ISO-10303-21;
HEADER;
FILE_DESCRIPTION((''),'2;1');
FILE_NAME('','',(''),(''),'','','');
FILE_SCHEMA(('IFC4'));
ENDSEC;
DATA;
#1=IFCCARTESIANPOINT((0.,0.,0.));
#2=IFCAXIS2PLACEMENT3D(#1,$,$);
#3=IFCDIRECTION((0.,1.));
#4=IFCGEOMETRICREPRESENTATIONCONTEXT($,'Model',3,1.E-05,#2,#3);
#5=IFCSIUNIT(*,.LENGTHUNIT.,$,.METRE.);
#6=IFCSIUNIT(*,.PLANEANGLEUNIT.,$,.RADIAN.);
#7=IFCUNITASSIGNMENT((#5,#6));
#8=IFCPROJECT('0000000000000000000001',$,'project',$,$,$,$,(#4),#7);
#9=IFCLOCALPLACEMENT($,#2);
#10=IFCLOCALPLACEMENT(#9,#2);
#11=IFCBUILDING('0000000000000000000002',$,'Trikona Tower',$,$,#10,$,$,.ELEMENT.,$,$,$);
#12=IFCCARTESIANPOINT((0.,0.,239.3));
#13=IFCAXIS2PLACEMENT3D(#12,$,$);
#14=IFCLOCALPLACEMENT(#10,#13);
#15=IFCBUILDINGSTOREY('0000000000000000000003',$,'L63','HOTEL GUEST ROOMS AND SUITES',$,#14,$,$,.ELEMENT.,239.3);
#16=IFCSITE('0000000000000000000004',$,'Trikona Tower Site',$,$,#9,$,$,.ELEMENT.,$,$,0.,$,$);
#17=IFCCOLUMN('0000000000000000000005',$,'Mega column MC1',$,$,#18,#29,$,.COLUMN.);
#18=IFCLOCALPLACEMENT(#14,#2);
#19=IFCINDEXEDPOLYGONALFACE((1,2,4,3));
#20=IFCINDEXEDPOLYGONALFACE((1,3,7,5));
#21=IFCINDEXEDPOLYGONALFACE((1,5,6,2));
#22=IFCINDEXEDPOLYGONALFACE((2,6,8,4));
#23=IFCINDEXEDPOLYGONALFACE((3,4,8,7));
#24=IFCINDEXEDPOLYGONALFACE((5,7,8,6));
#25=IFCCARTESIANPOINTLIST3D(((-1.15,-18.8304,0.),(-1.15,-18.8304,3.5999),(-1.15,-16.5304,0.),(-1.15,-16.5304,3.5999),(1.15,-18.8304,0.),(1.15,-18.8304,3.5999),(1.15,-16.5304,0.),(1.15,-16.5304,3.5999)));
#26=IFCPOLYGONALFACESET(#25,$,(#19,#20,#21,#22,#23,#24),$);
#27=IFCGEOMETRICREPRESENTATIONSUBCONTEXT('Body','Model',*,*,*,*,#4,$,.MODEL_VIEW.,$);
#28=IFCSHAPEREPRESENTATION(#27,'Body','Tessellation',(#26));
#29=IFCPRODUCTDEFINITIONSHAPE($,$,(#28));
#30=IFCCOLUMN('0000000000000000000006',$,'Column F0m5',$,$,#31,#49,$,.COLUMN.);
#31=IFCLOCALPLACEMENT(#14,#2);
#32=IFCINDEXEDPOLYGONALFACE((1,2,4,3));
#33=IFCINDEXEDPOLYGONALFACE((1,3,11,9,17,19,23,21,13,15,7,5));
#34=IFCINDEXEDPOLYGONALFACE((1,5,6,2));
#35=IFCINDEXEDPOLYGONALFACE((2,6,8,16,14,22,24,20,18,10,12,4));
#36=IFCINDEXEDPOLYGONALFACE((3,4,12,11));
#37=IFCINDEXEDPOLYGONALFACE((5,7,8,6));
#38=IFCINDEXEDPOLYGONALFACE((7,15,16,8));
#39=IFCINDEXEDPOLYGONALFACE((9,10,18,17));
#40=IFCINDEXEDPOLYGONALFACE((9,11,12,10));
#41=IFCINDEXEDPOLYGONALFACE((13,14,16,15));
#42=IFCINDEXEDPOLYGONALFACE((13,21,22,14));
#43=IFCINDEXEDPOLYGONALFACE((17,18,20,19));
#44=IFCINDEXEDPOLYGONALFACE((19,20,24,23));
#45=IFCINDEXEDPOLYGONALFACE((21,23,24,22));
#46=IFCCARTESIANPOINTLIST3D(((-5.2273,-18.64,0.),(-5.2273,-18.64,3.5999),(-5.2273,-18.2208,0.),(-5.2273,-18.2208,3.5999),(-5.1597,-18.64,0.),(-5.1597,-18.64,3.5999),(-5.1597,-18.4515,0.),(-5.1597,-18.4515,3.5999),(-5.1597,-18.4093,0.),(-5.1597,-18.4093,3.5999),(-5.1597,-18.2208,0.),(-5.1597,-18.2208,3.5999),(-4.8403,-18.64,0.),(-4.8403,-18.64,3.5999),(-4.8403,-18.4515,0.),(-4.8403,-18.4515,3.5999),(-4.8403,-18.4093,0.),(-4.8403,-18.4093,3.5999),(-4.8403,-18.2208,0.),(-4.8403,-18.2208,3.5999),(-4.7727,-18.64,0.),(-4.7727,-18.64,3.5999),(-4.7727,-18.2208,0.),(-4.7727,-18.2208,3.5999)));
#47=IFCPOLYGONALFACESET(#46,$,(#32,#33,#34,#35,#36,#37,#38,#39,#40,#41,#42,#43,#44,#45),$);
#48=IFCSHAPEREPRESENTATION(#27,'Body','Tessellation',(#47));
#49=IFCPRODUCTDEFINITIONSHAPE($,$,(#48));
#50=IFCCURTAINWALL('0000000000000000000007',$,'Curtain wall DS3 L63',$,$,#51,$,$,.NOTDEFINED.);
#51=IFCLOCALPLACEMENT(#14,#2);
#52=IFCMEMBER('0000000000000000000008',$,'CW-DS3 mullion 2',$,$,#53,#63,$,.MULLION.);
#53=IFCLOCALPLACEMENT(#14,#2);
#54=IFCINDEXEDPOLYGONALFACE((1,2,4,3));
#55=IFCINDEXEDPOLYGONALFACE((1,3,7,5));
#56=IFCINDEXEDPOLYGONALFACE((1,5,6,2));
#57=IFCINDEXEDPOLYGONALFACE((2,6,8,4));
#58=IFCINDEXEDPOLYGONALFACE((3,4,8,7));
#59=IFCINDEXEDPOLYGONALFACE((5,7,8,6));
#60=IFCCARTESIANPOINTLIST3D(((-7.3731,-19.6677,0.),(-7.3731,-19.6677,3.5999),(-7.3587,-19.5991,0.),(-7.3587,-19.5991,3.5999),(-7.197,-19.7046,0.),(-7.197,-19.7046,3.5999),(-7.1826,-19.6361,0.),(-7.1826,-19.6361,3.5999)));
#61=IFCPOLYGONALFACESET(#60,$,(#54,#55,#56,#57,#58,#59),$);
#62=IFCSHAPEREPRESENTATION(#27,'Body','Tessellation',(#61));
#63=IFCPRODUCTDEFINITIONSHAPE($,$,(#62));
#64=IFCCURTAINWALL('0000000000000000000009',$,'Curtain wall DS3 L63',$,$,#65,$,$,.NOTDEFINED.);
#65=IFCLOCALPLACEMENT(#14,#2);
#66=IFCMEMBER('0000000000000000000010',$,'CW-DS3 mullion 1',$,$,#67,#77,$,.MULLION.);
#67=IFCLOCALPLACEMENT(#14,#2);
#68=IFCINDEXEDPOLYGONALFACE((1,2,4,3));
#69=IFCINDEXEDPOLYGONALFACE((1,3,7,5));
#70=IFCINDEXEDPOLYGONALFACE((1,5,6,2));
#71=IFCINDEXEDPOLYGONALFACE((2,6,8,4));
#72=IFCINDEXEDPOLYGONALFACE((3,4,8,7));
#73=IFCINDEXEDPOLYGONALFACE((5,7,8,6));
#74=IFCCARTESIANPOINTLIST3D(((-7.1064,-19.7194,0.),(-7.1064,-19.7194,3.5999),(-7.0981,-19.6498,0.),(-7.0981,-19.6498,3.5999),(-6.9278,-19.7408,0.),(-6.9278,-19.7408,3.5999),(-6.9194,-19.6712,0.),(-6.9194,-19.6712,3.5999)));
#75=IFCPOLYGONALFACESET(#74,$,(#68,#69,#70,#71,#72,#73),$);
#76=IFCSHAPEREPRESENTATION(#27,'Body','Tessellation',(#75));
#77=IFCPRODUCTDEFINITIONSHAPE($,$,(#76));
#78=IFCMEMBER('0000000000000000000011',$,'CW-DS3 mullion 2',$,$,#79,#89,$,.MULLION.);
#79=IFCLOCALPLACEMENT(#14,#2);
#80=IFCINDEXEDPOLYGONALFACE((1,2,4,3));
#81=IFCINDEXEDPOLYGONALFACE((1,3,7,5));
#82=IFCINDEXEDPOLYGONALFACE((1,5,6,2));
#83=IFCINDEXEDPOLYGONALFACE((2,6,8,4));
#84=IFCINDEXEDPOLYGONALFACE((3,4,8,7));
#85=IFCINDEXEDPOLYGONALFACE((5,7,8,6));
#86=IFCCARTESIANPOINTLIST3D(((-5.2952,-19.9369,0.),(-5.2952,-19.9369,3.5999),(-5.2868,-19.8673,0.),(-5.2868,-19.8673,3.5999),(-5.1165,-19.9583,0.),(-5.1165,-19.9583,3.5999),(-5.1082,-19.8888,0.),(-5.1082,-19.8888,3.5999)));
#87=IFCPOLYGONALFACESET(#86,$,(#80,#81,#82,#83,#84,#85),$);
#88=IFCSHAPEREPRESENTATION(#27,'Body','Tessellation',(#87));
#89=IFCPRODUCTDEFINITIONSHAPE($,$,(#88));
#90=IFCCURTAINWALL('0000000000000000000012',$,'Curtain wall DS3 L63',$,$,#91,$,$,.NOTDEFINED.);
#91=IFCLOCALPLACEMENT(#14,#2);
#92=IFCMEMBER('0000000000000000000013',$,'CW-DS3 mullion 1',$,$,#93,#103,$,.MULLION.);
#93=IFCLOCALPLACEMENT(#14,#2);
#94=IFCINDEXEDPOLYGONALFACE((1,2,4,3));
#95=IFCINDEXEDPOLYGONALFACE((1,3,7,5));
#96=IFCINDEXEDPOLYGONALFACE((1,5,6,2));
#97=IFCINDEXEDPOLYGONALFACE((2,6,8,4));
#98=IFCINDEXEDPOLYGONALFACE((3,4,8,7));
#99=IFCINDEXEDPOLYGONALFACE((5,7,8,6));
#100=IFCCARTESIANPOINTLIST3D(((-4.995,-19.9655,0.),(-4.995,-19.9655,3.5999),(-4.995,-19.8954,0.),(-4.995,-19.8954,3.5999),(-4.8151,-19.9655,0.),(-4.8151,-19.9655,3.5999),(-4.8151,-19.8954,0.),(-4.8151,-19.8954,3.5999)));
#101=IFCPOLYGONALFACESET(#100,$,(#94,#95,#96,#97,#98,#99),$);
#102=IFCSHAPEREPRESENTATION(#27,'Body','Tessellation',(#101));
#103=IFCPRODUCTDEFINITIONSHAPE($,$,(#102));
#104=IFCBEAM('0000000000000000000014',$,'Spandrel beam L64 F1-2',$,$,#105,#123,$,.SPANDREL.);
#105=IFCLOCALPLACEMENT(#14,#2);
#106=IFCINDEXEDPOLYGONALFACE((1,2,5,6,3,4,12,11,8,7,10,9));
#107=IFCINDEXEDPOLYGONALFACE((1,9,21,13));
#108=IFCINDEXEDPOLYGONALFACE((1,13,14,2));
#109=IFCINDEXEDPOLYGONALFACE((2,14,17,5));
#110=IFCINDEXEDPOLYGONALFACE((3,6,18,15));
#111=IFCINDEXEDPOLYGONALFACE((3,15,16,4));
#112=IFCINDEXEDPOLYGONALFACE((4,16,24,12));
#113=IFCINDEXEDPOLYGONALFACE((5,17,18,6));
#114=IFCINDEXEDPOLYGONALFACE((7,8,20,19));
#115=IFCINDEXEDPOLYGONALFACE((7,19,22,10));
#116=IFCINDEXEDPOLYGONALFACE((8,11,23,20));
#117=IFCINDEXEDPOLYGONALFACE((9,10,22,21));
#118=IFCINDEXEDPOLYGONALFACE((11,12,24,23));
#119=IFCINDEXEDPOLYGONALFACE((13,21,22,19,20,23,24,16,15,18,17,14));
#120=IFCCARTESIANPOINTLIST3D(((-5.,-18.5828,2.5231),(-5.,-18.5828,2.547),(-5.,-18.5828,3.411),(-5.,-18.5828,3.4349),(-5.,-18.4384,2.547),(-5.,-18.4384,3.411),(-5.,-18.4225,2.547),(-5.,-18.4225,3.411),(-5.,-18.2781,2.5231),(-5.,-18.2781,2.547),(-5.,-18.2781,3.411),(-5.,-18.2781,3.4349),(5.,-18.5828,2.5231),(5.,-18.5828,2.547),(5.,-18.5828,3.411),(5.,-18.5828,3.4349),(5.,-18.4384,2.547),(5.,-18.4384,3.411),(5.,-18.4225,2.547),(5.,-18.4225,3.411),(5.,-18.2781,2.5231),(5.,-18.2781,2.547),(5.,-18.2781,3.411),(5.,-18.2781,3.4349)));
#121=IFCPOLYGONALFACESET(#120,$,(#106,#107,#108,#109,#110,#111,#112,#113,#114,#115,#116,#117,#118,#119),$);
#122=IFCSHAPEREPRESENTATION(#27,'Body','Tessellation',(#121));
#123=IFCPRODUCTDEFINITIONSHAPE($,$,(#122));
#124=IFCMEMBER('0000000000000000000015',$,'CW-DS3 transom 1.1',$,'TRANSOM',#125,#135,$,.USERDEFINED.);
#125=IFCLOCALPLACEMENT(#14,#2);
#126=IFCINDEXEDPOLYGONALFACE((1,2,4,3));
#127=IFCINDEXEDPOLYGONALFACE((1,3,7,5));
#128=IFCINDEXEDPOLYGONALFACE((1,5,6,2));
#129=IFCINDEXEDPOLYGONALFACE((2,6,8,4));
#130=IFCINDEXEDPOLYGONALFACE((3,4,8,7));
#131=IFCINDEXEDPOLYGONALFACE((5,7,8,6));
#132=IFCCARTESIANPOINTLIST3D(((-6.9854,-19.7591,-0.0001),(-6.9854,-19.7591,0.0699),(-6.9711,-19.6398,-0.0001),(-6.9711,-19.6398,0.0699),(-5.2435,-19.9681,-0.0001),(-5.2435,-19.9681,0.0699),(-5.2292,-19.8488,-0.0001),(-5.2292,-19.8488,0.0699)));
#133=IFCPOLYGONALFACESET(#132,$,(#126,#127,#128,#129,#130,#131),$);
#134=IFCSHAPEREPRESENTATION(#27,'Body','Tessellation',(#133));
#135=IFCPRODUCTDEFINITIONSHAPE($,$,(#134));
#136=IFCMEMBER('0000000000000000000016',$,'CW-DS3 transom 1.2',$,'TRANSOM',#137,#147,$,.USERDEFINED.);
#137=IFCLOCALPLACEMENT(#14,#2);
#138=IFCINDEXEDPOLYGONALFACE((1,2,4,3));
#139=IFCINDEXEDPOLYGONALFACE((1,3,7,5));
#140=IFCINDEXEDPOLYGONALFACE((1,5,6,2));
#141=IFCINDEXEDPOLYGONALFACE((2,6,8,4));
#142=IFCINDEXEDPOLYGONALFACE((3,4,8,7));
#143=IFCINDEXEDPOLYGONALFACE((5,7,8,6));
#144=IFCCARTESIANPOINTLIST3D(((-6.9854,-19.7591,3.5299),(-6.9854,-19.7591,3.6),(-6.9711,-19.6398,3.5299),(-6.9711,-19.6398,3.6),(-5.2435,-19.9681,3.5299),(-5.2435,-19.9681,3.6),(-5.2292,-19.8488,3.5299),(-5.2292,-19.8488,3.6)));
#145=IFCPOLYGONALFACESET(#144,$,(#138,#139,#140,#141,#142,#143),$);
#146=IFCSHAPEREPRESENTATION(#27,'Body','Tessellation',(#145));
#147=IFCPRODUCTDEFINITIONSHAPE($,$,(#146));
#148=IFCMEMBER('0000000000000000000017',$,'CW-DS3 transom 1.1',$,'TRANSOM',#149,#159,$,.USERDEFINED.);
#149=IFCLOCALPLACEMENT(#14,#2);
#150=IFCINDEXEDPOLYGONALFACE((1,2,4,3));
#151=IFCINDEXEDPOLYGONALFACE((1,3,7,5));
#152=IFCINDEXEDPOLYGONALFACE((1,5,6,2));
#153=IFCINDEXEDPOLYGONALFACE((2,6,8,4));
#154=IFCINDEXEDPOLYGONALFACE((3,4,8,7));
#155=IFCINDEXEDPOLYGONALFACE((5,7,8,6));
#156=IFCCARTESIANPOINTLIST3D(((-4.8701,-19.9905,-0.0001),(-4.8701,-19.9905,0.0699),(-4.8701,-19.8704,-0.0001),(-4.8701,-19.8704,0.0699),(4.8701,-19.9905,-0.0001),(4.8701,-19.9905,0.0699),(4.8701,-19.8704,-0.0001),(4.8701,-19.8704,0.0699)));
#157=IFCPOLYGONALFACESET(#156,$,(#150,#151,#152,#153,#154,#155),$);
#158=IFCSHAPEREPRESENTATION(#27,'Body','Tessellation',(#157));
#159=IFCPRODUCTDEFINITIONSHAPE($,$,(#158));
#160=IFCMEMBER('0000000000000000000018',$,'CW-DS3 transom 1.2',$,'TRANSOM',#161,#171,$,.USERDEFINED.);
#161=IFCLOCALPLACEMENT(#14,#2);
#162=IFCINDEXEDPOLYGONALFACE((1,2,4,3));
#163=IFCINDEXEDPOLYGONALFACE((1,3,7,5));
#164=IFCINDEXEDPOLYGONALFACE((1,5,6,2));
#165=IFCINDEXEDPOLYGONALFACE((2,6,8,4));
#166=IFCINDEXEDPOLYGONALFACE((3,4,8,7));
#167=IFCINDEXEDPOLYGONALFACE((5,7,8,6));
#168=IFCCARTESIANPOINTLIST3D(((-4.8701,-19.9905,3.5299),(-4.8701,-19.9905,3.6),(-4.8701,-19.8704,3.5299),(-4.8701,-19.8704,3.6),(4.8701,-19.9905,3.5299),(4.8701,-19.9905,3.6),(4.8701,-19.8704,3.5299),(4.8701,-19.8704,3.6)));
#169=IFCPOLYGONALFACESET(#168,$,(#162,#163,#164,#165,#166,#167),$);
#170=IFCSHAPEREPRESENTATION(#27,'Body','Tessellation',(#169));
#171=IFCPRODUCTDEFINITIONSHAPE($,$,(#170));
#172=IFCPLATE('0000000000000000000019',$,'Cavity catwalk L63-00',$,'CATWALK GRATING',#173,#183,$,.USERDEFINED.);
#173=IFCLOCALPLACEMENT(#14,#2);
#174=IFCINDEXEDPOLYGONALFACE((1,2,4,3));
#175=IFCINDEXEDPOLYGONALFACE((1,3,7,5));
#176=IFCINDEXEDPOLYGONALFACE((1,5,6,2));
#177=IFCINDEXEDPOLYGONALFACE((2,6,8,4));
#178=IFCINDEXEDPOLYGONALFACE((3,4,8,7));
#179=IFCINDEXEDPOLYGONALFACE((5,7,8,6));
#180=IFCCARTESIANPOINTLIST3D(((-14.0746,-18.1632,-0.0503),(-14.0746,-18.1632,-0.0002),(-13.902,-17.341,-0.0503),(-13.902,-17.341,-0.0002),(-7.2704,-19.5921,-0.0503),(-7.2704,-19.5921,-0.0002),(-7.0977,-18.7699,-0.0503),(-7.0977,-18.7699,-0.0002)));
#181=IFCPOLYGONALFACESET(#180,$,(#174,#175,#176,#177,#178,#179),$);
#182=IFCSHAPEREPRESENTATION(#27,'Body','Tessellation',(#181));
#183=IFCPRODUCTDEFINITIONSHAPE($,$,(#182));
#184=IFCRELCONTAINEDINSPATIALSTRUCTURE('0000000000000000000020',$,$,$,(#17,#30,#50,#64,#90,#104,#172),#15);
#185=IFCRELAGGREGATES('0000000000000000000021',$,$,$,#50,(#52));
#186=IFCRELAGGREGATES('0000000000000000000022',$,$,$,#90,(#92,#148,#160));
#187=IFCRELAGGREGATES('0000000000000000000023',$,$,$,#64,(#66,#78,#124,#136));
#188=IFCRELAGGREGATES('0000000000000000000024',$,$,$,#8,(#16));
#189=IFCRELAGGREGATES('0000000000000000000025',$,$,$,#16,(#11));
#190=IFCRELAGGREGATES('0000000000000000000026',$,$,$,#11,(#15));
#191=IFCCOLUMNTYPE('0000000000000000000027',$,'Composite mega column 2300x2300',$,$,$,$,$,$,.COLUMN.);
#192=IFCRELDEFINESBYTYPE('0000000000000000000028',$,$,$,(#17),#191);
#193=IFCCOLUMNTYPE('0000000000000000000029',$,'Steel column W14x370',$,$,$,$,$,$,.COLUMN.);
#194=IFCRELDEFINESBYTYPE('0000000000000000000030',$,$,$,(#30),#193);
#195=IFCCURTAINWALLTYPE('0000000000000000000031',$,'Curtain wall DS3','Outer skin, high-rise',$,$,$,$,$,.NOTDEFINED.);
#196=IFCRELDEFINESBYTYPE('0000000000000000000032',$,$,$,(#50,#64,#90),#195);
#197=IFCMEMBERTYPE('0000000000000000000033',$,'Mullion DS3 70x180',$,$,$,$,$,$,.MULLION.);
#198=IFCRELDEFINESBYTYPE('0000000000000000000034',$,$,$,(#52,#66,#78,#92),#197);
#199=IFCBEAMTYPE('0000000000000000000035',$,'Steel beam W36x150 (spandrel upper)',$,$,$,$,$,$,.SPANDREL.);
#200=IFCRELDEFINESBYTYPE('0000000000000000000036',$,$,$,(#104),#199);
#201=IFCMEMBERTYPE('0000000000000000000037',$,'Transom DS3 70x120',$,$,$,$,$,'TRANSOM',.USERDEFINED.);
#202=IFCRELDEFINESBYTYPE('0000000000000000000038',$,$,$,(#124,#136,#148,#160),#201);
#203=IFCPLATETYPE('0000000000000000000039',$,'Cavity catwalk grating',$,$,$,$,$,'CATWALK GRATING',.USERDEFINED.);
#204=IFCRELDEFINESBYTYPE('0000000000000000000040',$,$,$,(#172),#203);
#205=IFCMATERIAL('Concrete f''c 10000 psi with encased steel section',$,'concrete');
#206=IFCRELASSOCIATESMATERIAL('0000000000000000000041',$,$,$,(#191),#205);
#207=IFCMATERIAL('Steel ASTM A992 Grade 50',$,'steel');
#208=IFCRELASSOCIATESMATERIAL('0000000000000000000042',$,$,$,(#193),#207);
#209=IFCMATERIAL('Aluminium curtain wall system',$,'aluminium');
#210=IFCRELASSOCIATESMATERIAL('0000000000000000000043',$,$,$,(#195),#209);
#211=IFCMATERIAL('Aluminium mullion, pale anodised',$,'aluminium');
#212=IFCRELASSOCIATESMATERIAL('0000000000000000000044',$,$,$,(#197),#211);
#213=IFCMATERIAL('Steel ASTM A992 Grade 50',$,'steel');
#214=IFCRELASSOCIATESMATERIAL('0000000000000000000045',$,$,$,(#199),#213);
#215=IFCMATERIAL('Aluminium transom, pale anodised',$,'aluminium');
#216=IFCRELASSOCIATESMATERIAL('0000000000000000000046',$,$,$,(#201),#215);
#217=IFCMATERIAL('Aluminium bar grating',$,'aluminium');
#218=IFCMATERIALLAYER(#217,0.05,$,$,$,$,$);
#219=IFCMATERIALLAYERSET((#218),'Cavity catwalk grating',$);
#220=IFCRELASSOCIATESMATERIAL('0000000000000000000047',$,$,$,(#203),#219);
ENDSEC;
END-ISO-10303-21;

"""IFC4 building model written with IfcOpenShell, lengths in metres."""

from ifc_helpers import new_model, si_unit, direction, frame, origin, origin_2d, place, context, subcontext, project, spatial, rectangle, i_section, extrude, material, layer, layer_set, material_profile, profile_set, type_object, element, aggregate, save


model = new_model("IFC4")

# Units and contexts
model_context = context("Model", 3, precision=1e-05, world=origin(), true_north=direction((0.0, 1.0)))
body_context = subcontext(model_context, "Body", "Model", "MODEL_VIEW")
ifc_project = project(units=[si_unit("LENGTHUNIT", "METRE"), si_unit("PLANEANGLEUNIT", "RADIAN")], contexts=[model_context])

# Site, building, storey
site_placement = place(None, origin())
site = spatial("IfcSite", under=ifc_project, at=site_placement, Name="Trikona Tower Site", CompositionType="ELEMENT", RefElevation=0.0)
building_placement = place(site_placement, origin())
building = spatial("IfcBuilding", under=site, at=building_placement, Name="Trikona Tower", CompositionType="ELEMENT")
storey_placement = place(building_placement, frame((0.0, 0.0, 239.3)))
storey = spatial("IfcBuildingStorey", under=building, at=storey_placement, Name="L63", Description="HOTEL GUEST ROOMS AND SUITES", CompositionType="ELEMENT", Elevation=239.3)

# Columns
ifc_material_1 = material(Name="Concrete f'c 10000 psi with encased steel section", Category="concrete")
ifc_material_profile_1 = material_profile(ifc_material_1, rectangle(XDim=2.3, YDim=2.3, at=origin_2d()), Name="MC2300")
ifc_profile_set_1 = profile_set([ifc_material_profile_1], Name="Concrete f'c 10000 psi with encased steel section")
column_type_1 = type_object("IfcColumnType", Name="Composite mega column 2300x2300", PredefinedType="COLUMN", material=ifc_profile_set_1)
column_1_placement = place(storey_placement, frame((0.0, -17.6804, 0.0), z_axis=(0.0, 0.0, 1.0), x_axis=(0.0, -1.0, 0.0)))
element("IfcColumn", 1, at=column_1_placement, inside=storey, type_object=column_type_1, Name="Mega column MC1", PredefinedType="COLUMN", context=body_context, shape_type="SweptSolid", body=[
    extrude(rectangle(XDim=2.3, YDim=2.3, at=origin_2d()), origin(), (0.0, 0.0, 1.0), 3.5999),
])
ifc_material_2 = material(Name="Steel ASTM A992 Grade 50", Category="steel")
ifc_material_profile_2 = material_profile(ifc_material_2, i_section(OverallWidth=0.4192, OverallDepth=0.4546, WebThickness=0.0422, FlangeThickness=0.0676, at=origin_2d()), Name="W14X370")
ifc_profile_set_2 = profile_set([ifc_material_profile_2], Name="Steel ASTM A992 Grade 50")
column_type_2 = type_object("IfcColumnType", Name="Steel column W14x370", PredefinedType="COLUMN", material=ifc_profile_set_2)
column_2_placement = place(storey_placement, frame((-5.0, -18.4304, 0.0), z_axis=(0.0, 0.0, 1.0), x_axis=(0.0, -1.0, 0.0)))
element("IfcColumn", 2, at=column_2_placement, inside=storey, type_object=column_type_2, Name="Column F0m5", PredefinedType="COLUMN", context=body_context, shape_type="SweptSolid", body=[
    extrude(i_section(OverallWidth=0.4192, OverallDepth=0.4546, WebThickness=0.0422, FlangeThickness=0.0676, at=origin_2d()), origin(), (0.0, 0.0, 1.0), 3.5999),
])

# Curtain wall, member
ifc_material_3 = material(Name="Aluminium curtain wall system", Category="aluminium")
curtain_wall_type = type_object("IfcCurtainWallType", Name="Curtain wall DS3", Description="Outer skin, high-rise", PredefinedType="NOTDEFINED", material=ifc_material_3)
curtain_wall_1_placement = place(storey_placement, origin())
curtain_wall_1 = element("IfcCurtainWall", 3, at=curtain_wall_1_placement, inside=storey, type_object=curtain_wall_type, Name="Curtain wall DS3 L63", PredefinedType="NOTDEFINED")
ifc_material_4 = material(Name="Aluminium mullion, pale anodised", Category="aluminium")
ifc_material_profile_3 = material_profile(ifc_material_4, rectangle(XDim=0.0701, YDim=0.1799, at=origin_2d()), Name="MUL-DS3")
ifc_profile_set_3 = profile_set([ifc_material_profile_3], Name="Aluminium mullion, pale anodised")
member_type_1 = type_object("IfcMemberType", Name="Mullion DS3 70x180", PredefinedType="MULLION", material=ifc_profile_set_3)
member_1_placement = place(storey_placement, frame((-7.2778, -19.6519, 0.0), z_axis=(0.0, 0.0, 1.0), x_axis=(0.205527, 0.978651, 0.0)))
member_1 = element("IfcMember", 4, at=member_1_placement, type_object=member_type_1, Name="CW-DS3 mullion 2", PredefinedType="MULLION", context=body_context, shape_type="SweptSolid", body=[
    extrude(rectangle(XDim=0.0701, YDim=0.1799, at=origin_2d()), origin(), (0.0, 0.0, 1.0), 3.5999),
])
aggregate(curtain_wall_1, [member_1])

# Curtain wall, members
curtain_wall_2_placement = place(storey_placement, origin())
curtain_wall_2 = element("IfcCurtainWall", 5, at=curtain_wall_2_placement, inside=storey, type_object=curtain_wall_type, Name="Curtain wall DS3 L63", PredefinedType="NOTDEFINED")
member_2_placement = place(storey_placement, frame((-7.0129, -19.6953, 0.0), z_axis=(0.0, 0.0, 1.0), x_axis=(0.119141, 0.992877, 0.0)))
member_2 = element("IfcMember", 6, at=member_2_placement, type_object=member_type_1, Name="CW-DS3 mullion 1", PredefinedType="MULLION", context=body_context, shape_type="SweptSolid", body=[
    extrude(rectangle(XDim=0.0701, YDim=0.1799, at=origin_2d()), origin(), (0.0, 0.0, 1.0), 3.5999),
])
member_3_placement = place(storey_placement, frame((-5.2017, -19.9128, 0.0), z_axis=(0.0, 0.0, 1.0), x_axis=(0.119141, 0.992877, 0.0)))
member_3 = element("IfcMember", 7, at=member_3_placement, type_object=member_type_1, Name="CW-DS3 mullion 2", PredefinedType="MULLION", context=body_context, shape_type="SweptSolid", body=[
    extrude(rectangle(XDim=0.0701, YDim=0.1799, at=origin_2d()), origin(), (0.0, 0.0, 1.0), 3.5999),
])

# Curtain wall, member
curtain_wall_3_placement = place(storey_placement, origin())
curtain_wall_3 = element("IfcCurtainWall", 8, at=curtain_wall_3_placement, inside=storey, type_object=curtain_wall_type, Name="Curtain wall DS3 L63", PredefinedType="NOTDEFINED")
member_4_placement = place(storey_placement, frame((-4.905, -19.9304, 0.0), z_axis=(0.0, 0.0, 1.0), x_axis=(0.0, 1.0, 0.0)))
member_4 = element("IfcMember", 9, at=member_4_placement, type_object=member_type_1, Name="CW-DS3 mullion 1", PredefinedType="MULLION", context=body_context, shape_type="SweptSolid", body=[
    extrude(rectangle(XDim=0.0701, YDim=0.1799, at=origin_2d()), origin(), (0.0, 0.0, 1.0), 3.5999),
])

# Beam
ifc_material_5 = material(Name="Steel ASTM A992 Grade 50", Category="steel")
ifc_material_profile_4 = material_profile(ifc_material_5, i_section(OverallWidth=0.3047, OverallDepth=0.9119, WebThickness=0.0159, FlangeThickness=0.0239, at=origin_2d()), Name="W36X150")
ifc_profile_set_4 = profile_set([ifc_material_profile_4], Name="Steel ASTM A992 Grade 50")
beam_type = type_object("IfcBeamType", Name="Steel beam W36x150 (spandrel upper)", PredefinedType="SPANDREL", material=ifc_profile_set_4)
beam_placement = place(storey_placement, frame((-5.0, -18.4304, 2.979), z_axis=(1.0, 0.0, 0.0), x_axis=(0.0, 1.0, 0.0)))
element("IfcBeam", 10, at=beam_placement, inside=storey, type_object=beam_type, Name="Spandrel beam L64 F1-2", PredefinedType="SPANDREL", context=body_context, shape_type="SweptSolid", body=[
    extrude(i_section(OverallWidth=0.3047, OverallDepth=0.9119, WebThickness=0.0159, FlangeThickness=0.0239, at=origin_2d()), origin(), (0.0, 0.0, 1.0), 10.0),
])

# Members
ifc_material_6 = material(Name="Aluminium transom, pale anodised", Category="aluminium")
ifc_material_profile_5 = material_profile(ifc_material_6, rectangle(XDim=0.1201, YDim=0.0701, at=origin_2d()), Name="TRN-DS3")
ifc_profile_set_5 = profile_set([ifc_material_profile_5], Name="Aluminium transom, pale anodised")
member_type_2 = type_object("IfcMemberType", Name="Transom DS3 70x120", ElementType="TRANSOM", PredefinedType="USERDEFINED", material=ifc_profile_set_5)
member_5_placement = place(storey_placement, frame((-6.9783, -19.6995, 0.0349), z_axis=(0.99288, -0.119118, 0.0), x_axis=(0.119118, 0.99288, 0.0)))
member_5 = element("IfcMember", 11, at=member_5_placement, type_object=member_type_2, Name="CW-DS3 transom 1.1", ObjectType="TRANSOM", PredefinedType="USERDEFINED", context=body_context, shape_type="SweptSolid", body=[
    extrude(rectangle(XDim=0.1201, YDim=0.0701, at=origin_2d()), origin(), (0.0, 0.0, 1.0), 1.7544),
])
member_6_placement = place(storey_placement, frame((-6.9783, -19.6995, 3.5649), z_axis=(0.99288, -0.119118, 0.0), x_axis=(0.119118, 0.99288, 0.0)))
member_6 = element("IfcMember", 12, at=member_6_placement, type_object=member_type_2, Name="CW-DS3 transom 1.2", ObjectType="TRANSOM", PredefinedType="USERDEFINED", context=body_context, shape_type="SweptSolid", body=[
    extrude(rectangle(XDim=0.1201, YDim=0.0701, at=origin_2d()), origin(), (0.0, 0.0, 1.0), 1.7544),
])
member_7_placement = place(storey_placement, frame((-4.8701, -19.9304, 0.0349), z_axis=(1.0, 0.0, 0.0), x_axis=(0.0, 1.0, 0.0)))
member_7 = element("IfcMember", 13, at=member_7_placement, type_object=member_type_2, Name="CW-DS3 transom 1.1", ObjectType="TRANSOM", PredefinedType="USERDEFINED", context=body_context, shape_type="SweptSolid", body=[
    extrude(rectangle(XDim=0.1201, YDim=0.0701, at=origin_2d()), origin(), (0.0, 0.0, 1.0), 9.7402),
])
member_8_placement = place(storey_placement, frame((-4.8701, -19.9304, 3.5649), z_axis=(1.0, 0.0, 0.0), x_axis=(0.0, 1.0, 0.0)))
member_8 = element("IfcMember", 14, at=member_8_placement, type_object=member_type_2, Name="CW-DS3 transom 1.2", ObjectType="TRANSOM", PredefinedType="USERDEFINED", context=body_context, shape_type="SweptSolid", body=[
    extrude(rectangle(XDim=0.1201, YDim=0.0701, at=origin_2d()), origin(), (0.0, 0.0, 1.0), 9.7402),
])
aggregate(curtain_wall_3, [member_4, member_7, member_8])

# Plate
ifc_material_7 = material(Name="Aluminium bar grating", Category="aluminium")
ifc_layer_1 = layer(ifc_material_7, 0.05)
ifc_layer_set_1 = layer_set([ifc_layer_1], Name="Cavity catwalk grating")
plate_type_1 = type_object("IfcPlateType", Name="Cavity catwalk grating", ElementType="CATWALK GRATING", PredefinedType="USERDEFINED", material=ifc_layer_set_1)
plate_1_placement = place(storey_placement, frame((-10.5862, -18.4666, -0.0503), z_axis=(0.0, 0.0, 1.0), x_axis=(0.978653, -0.205518, 0.0)))
element("IfcPlate", 15, at=plate_1_placement, inside=storey, type_object=plate_type_1, Name="Cavity catwalk L63-00", ObjectType="CATWALK GRATING", PredefinedType="USERDEFINED", context=body_context, shape_type="SweptSolid", body=[
    extrude(rectangle(XDim=6.9526, YDim=0.8401, at=origin_2d()), origin(), (0.0, 0.0, 1.0), 0.05),
])

aggregate(curtain_wall_2, [member_2, member_3, member_5, member_6])

save(model, "model.ifc")
